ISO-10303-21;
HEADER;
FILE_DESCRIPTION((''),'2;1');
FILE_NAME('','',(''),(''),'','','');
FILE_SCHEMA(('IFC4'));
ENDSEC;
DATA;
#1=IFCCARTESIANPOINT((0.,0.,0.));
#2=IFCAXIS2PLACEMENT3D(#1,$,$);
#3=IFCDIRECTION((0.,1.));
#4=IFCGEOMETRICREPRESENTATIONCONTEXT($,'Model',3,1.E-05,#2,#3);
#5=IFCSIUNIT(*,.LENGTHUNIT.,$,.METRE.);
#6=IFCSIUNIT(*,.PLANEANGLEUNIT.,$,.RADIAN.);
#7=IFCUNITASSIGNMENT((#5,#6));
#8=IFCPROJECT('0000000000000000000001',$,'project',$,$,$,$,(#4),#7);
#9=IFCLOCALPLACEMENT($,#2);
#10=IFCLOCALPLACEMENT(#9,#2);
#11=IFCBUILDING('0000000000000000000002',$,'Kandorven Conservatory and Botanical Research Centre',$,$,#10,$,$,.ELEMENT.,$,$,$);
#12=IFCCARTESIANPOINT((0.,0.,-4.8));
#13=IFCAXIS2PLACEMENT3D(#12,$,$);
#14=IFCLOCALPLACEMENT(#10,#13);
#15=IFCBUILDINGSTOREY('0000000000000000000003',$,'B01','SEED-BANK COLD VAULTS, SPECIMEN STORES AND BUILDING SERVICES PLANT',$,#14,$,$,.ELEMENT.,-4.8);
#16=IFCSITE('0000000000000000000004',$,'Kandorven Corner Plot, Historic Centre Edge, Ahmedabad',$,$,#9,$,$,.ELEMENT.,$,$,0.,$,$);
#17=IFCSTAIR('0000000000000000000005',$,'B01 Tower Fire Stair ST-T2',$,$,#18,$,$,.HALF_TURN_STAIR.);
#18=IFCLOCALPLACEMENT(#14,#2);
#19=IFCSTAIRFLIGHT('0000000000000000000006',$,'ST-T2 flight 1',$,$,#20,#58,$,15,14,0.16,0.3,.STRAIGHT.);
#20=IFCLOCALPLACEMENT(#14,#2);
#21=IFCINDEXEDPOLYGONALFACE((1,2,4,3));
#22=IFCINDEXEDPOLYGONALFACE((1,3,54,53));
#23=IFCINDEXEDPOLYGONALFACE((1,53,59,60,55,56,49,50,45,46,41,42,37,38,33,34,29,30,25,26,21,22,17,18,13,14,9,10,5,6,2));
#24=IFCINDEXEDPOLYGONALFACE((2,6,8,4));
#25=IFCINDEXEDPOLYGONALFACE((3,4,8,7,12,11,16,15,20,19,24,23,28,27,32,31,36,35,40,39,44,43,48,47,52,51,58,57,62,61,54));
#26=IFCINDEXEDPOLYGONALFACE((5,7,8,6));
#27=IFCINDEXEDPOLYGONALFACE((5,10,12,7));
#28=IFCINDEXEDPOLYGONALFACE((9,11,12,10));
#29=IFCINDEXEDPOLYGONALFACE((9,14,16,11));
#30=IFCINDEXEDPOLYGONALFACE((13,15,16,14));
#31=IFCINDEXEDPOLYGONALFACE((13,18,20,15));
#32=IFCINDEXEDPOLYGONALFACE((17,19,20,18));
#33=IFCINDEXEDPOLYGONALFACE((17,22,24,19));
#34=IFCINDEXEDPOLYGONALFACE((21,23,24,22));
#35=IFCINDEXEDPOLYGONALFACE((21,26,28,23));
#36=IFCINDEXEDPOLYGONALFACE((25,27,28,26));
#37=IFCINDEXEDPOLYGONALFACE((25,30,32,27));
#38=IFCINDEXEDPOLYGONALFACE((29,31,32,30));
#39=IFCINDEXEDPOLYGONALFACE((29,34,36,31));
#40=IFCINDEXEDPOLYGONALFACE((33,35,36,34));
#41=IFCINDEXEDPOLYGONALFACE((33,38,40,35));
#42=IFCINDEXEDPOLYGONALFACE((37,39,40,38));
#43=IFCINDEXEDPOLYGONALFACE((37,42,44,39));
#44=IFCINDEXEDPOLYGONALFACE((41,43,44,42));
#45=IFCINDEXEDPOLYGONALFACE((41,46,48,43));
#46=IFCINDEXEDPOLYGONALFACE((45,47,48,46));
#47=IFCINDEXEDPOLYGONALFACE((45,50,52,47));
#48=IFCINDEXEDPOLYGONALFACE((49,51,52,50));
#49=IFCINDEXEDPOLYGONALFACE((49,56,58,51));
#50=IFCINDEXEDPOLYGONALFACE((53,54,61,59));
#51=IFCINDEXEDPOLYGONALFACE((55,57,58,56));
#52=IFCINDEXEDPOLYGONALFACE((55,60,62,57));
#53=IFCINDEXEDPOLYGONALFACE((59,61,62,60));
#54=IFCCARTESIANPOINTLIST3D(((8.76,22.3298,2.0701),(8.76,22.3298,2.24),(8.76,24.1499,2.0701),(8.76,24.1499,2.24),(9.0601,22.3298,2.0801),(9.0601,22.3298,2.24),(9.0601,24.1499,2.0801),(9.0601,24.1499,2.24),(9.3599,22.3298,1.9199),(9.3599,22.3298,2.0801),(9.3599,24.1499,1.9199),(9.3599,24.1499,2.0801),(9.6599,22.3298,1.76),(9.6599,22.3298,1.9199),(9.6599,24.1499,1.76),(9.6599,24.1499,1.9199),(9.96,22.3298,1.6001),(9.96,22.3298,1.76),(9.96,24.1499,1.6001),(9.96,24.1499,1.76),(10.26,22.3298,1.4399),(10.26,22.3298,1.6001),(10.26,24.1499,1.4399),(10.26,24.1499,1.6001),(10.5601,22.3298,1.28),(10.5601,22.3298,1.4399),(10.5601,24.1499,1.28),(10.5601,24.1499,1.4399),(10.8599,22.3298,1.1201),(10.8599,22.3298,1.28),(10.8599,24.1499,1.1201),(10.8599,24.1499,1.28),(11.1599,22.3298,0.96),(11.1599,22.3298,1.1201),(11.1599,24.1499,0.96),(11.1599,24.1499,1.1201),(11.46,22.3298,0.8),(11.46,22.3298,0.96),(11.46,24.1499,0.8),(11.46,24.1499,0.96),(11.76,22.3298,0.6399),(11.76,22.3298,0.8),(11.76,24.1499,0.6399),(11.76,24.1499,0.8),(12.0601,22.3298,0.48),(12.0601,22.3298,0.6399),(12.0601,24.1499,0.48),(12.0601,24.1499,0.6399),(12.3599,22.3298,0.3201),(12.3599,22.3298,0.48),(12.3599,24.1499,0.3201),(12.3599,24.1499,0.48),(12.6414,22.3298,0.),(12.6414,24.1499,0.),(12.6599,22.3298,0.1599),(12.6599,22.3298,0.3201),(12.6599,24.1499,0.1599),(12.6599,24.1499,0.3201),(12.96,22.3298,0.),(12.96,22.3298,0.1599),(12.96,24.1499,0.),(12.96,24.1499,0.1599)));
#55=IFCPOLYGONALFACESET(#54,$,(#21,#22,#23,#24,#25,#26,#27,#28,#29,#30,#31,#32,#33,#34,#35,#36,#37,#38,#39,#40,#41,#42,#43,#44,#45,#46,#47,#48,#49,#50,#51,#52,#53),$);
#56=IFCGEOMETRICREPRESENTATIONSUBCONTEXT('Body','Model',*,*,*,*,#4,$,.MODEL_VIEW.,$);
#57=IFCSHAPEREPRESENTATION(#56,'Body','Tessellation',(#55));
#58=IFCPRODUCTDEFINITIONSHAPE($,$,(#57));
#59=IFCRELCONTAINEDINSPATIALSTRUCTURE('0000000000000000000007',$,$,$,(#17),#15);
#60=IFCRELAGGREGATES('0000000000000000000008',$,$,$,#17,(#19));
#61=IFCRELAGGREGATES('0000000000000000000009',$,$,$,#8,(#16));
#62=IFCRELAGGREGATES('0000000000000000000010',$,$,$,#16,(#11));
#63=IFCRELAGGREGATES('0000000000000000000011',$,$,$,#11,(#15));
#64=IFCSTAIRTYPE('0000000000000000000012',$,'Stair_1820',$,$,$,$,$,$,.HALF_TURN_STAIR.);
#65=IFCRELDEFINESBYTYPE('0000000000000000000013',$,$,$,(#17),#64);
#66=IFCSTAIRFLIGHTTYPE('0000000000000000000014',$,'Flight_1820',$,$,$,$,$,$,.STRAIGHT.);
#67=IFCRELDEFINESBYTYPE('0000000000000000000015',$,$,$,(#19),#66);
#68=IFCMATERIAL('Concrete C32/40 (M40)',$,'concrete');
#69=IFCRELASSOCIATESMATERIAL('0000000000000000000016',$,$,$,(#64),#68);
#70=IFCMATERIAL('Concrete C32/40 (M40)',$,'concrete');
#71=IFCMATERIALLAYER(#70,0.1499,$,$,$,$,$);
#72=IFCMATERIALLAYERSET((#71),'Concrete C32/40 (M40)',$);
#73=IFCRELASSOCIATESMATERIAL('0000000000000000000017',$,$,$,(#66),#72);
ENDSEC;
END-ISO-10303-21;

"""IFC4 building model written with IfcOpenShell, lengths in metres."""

from ifc_helpers import new_model, si_unit, direction, frame, origin, place, context, subcontext, project, spatial, polyline, outline, extrude, material, layer, layer_set, type_object, element, aggregate, save


model = new_model("IFC4")

# Units and contexts
model_context = context("Model", 3, precision=1e-05, world=origin(), true_north=direction((0.0, 1.0)))
body_context = subcontext(model_context, "Body", "Model", "MODEL_VIEW")
ifc_project = project(units=[si_unit("LENGTHUNIT", "METRE"), si_unit("PLANEANGLEUNIT", "RADIAN")], contexts=[model_context])

# Site, building, storey
site_placement = place(None, origin())
site = spatial("IfcSite", under=ifc_project, at=site_placement, Name="Kandorven Corner Plot, Historic Centre Edge, Ahmedabad", CompositionType="ELEMENT", RefElevation=0.0)
building_placement = place(site_placement, origin())
building = spatial("IfcBuilding", under=site, at=building_placement, Name="Kandorven Conservatory and Botanical Research Centre", CompositionType="ELEMENT")
storey_placement = place(building_placement, frame((0.0, 0.0, -4.8)))
storey = spatial("IfcBuildingStorey", under=building, at=storey_placement, Name="B01", Description="SEED-BANK COLD VAULTS, SPECIMEN STORES AND BUILDING SERVICES PLANT", CompositionType="ELEMENT", Elevation=-4.8)

# Stair, stair flight
ifc_material_1 = material(Name="Concrete C32/40 (M40)", Category="concrete")
stair_type = type_object("IfcStairType", Name="Stair_1820", PredefinedType="HALF_TURN_STAIR", material=ifc_material_1)
stair_placement = place(storey_placement, origin())
stair = element("IfcStair", 1, at=stair_placement, inside=storey, type_object=stair_type, Name="B01 Tower Fire Stair ST-T2", PredefinedType="HALF_TURN_STAIR")
ifc_material_2 = material(Name="Concrete C32/40 (M40)", Category="concrete")
ifc_layer_1 = layer(ifc_material_2, 0.1499)
ifc_layer_set_1 = layer_set([ifc_layer_1], Name="Concrete C32/40 (M40)")
stair_flight_type = type_object("IfcStairFlightType", Name="Flight_1820", PredefinedType="STRAIGHT", material=ifc_layer_set_1)
stair_flight_placement = place(storey_placement, frame((12.96, 23.24, 0.0), z_axis=(0.0, 0.0, 1.0), x_axis=(-1.0, 0.0, 0.0)))
stair_flight = element("IfcStairFlight", 2, at=stair_flight_placement, type_object=stair_flight_type, Name="ST-T2 flight 1", NumberOfRisers=15, NumberOfTreads=14, PredefinedType="STRAIGHT", RiserHeight=0.16, TreadLength=0.3, context=body_context, shape_type="SweptSolid", body=[
    extrude(outline(polyline([(0.0, 0.0), (0.0, 0.1599), (0.3, 0.1599), (0.3, 0.3201), (0.6001, 0.3201), (0.6001, 0.48), (0.8999, 0.48), (0.8999, 0.6399), (1.2, 0.6399), (1.2, 0.8), (1.5, 0.8), (1.5, 0.96), (1.8, 0.96), (1.8, 1.1201), (2.1001, 1.1201), (2.1001, 1.28), (2.3999, 1.28), (2.3999, 1.4399), (2.7, 1.4399), (2.7, 1.6001), (3.0, 1.6001), (3.0, 1.76), (3.3, 1.76), (3.3, 1.9199), (3.6001, 1.9199), (3.6001, 2.0801), (3.8999, 2.0801), (3.8999, 2.24), (4.2, 2.24), (4.2, 2.3999), (4.2, 2.0701), (0.3186, 0.0), (0.0, 0.0)])), frame((0.0, 0.9102, 0.0), z_axis=(0.0, -1.0, 0.0), x_axis=(1.0, 0.0, 0.0)), (0.0, 0.0, 1.0), 1.8201),
])
aggregate(stair, [stair_flight])

save(model, "model.ifc")
